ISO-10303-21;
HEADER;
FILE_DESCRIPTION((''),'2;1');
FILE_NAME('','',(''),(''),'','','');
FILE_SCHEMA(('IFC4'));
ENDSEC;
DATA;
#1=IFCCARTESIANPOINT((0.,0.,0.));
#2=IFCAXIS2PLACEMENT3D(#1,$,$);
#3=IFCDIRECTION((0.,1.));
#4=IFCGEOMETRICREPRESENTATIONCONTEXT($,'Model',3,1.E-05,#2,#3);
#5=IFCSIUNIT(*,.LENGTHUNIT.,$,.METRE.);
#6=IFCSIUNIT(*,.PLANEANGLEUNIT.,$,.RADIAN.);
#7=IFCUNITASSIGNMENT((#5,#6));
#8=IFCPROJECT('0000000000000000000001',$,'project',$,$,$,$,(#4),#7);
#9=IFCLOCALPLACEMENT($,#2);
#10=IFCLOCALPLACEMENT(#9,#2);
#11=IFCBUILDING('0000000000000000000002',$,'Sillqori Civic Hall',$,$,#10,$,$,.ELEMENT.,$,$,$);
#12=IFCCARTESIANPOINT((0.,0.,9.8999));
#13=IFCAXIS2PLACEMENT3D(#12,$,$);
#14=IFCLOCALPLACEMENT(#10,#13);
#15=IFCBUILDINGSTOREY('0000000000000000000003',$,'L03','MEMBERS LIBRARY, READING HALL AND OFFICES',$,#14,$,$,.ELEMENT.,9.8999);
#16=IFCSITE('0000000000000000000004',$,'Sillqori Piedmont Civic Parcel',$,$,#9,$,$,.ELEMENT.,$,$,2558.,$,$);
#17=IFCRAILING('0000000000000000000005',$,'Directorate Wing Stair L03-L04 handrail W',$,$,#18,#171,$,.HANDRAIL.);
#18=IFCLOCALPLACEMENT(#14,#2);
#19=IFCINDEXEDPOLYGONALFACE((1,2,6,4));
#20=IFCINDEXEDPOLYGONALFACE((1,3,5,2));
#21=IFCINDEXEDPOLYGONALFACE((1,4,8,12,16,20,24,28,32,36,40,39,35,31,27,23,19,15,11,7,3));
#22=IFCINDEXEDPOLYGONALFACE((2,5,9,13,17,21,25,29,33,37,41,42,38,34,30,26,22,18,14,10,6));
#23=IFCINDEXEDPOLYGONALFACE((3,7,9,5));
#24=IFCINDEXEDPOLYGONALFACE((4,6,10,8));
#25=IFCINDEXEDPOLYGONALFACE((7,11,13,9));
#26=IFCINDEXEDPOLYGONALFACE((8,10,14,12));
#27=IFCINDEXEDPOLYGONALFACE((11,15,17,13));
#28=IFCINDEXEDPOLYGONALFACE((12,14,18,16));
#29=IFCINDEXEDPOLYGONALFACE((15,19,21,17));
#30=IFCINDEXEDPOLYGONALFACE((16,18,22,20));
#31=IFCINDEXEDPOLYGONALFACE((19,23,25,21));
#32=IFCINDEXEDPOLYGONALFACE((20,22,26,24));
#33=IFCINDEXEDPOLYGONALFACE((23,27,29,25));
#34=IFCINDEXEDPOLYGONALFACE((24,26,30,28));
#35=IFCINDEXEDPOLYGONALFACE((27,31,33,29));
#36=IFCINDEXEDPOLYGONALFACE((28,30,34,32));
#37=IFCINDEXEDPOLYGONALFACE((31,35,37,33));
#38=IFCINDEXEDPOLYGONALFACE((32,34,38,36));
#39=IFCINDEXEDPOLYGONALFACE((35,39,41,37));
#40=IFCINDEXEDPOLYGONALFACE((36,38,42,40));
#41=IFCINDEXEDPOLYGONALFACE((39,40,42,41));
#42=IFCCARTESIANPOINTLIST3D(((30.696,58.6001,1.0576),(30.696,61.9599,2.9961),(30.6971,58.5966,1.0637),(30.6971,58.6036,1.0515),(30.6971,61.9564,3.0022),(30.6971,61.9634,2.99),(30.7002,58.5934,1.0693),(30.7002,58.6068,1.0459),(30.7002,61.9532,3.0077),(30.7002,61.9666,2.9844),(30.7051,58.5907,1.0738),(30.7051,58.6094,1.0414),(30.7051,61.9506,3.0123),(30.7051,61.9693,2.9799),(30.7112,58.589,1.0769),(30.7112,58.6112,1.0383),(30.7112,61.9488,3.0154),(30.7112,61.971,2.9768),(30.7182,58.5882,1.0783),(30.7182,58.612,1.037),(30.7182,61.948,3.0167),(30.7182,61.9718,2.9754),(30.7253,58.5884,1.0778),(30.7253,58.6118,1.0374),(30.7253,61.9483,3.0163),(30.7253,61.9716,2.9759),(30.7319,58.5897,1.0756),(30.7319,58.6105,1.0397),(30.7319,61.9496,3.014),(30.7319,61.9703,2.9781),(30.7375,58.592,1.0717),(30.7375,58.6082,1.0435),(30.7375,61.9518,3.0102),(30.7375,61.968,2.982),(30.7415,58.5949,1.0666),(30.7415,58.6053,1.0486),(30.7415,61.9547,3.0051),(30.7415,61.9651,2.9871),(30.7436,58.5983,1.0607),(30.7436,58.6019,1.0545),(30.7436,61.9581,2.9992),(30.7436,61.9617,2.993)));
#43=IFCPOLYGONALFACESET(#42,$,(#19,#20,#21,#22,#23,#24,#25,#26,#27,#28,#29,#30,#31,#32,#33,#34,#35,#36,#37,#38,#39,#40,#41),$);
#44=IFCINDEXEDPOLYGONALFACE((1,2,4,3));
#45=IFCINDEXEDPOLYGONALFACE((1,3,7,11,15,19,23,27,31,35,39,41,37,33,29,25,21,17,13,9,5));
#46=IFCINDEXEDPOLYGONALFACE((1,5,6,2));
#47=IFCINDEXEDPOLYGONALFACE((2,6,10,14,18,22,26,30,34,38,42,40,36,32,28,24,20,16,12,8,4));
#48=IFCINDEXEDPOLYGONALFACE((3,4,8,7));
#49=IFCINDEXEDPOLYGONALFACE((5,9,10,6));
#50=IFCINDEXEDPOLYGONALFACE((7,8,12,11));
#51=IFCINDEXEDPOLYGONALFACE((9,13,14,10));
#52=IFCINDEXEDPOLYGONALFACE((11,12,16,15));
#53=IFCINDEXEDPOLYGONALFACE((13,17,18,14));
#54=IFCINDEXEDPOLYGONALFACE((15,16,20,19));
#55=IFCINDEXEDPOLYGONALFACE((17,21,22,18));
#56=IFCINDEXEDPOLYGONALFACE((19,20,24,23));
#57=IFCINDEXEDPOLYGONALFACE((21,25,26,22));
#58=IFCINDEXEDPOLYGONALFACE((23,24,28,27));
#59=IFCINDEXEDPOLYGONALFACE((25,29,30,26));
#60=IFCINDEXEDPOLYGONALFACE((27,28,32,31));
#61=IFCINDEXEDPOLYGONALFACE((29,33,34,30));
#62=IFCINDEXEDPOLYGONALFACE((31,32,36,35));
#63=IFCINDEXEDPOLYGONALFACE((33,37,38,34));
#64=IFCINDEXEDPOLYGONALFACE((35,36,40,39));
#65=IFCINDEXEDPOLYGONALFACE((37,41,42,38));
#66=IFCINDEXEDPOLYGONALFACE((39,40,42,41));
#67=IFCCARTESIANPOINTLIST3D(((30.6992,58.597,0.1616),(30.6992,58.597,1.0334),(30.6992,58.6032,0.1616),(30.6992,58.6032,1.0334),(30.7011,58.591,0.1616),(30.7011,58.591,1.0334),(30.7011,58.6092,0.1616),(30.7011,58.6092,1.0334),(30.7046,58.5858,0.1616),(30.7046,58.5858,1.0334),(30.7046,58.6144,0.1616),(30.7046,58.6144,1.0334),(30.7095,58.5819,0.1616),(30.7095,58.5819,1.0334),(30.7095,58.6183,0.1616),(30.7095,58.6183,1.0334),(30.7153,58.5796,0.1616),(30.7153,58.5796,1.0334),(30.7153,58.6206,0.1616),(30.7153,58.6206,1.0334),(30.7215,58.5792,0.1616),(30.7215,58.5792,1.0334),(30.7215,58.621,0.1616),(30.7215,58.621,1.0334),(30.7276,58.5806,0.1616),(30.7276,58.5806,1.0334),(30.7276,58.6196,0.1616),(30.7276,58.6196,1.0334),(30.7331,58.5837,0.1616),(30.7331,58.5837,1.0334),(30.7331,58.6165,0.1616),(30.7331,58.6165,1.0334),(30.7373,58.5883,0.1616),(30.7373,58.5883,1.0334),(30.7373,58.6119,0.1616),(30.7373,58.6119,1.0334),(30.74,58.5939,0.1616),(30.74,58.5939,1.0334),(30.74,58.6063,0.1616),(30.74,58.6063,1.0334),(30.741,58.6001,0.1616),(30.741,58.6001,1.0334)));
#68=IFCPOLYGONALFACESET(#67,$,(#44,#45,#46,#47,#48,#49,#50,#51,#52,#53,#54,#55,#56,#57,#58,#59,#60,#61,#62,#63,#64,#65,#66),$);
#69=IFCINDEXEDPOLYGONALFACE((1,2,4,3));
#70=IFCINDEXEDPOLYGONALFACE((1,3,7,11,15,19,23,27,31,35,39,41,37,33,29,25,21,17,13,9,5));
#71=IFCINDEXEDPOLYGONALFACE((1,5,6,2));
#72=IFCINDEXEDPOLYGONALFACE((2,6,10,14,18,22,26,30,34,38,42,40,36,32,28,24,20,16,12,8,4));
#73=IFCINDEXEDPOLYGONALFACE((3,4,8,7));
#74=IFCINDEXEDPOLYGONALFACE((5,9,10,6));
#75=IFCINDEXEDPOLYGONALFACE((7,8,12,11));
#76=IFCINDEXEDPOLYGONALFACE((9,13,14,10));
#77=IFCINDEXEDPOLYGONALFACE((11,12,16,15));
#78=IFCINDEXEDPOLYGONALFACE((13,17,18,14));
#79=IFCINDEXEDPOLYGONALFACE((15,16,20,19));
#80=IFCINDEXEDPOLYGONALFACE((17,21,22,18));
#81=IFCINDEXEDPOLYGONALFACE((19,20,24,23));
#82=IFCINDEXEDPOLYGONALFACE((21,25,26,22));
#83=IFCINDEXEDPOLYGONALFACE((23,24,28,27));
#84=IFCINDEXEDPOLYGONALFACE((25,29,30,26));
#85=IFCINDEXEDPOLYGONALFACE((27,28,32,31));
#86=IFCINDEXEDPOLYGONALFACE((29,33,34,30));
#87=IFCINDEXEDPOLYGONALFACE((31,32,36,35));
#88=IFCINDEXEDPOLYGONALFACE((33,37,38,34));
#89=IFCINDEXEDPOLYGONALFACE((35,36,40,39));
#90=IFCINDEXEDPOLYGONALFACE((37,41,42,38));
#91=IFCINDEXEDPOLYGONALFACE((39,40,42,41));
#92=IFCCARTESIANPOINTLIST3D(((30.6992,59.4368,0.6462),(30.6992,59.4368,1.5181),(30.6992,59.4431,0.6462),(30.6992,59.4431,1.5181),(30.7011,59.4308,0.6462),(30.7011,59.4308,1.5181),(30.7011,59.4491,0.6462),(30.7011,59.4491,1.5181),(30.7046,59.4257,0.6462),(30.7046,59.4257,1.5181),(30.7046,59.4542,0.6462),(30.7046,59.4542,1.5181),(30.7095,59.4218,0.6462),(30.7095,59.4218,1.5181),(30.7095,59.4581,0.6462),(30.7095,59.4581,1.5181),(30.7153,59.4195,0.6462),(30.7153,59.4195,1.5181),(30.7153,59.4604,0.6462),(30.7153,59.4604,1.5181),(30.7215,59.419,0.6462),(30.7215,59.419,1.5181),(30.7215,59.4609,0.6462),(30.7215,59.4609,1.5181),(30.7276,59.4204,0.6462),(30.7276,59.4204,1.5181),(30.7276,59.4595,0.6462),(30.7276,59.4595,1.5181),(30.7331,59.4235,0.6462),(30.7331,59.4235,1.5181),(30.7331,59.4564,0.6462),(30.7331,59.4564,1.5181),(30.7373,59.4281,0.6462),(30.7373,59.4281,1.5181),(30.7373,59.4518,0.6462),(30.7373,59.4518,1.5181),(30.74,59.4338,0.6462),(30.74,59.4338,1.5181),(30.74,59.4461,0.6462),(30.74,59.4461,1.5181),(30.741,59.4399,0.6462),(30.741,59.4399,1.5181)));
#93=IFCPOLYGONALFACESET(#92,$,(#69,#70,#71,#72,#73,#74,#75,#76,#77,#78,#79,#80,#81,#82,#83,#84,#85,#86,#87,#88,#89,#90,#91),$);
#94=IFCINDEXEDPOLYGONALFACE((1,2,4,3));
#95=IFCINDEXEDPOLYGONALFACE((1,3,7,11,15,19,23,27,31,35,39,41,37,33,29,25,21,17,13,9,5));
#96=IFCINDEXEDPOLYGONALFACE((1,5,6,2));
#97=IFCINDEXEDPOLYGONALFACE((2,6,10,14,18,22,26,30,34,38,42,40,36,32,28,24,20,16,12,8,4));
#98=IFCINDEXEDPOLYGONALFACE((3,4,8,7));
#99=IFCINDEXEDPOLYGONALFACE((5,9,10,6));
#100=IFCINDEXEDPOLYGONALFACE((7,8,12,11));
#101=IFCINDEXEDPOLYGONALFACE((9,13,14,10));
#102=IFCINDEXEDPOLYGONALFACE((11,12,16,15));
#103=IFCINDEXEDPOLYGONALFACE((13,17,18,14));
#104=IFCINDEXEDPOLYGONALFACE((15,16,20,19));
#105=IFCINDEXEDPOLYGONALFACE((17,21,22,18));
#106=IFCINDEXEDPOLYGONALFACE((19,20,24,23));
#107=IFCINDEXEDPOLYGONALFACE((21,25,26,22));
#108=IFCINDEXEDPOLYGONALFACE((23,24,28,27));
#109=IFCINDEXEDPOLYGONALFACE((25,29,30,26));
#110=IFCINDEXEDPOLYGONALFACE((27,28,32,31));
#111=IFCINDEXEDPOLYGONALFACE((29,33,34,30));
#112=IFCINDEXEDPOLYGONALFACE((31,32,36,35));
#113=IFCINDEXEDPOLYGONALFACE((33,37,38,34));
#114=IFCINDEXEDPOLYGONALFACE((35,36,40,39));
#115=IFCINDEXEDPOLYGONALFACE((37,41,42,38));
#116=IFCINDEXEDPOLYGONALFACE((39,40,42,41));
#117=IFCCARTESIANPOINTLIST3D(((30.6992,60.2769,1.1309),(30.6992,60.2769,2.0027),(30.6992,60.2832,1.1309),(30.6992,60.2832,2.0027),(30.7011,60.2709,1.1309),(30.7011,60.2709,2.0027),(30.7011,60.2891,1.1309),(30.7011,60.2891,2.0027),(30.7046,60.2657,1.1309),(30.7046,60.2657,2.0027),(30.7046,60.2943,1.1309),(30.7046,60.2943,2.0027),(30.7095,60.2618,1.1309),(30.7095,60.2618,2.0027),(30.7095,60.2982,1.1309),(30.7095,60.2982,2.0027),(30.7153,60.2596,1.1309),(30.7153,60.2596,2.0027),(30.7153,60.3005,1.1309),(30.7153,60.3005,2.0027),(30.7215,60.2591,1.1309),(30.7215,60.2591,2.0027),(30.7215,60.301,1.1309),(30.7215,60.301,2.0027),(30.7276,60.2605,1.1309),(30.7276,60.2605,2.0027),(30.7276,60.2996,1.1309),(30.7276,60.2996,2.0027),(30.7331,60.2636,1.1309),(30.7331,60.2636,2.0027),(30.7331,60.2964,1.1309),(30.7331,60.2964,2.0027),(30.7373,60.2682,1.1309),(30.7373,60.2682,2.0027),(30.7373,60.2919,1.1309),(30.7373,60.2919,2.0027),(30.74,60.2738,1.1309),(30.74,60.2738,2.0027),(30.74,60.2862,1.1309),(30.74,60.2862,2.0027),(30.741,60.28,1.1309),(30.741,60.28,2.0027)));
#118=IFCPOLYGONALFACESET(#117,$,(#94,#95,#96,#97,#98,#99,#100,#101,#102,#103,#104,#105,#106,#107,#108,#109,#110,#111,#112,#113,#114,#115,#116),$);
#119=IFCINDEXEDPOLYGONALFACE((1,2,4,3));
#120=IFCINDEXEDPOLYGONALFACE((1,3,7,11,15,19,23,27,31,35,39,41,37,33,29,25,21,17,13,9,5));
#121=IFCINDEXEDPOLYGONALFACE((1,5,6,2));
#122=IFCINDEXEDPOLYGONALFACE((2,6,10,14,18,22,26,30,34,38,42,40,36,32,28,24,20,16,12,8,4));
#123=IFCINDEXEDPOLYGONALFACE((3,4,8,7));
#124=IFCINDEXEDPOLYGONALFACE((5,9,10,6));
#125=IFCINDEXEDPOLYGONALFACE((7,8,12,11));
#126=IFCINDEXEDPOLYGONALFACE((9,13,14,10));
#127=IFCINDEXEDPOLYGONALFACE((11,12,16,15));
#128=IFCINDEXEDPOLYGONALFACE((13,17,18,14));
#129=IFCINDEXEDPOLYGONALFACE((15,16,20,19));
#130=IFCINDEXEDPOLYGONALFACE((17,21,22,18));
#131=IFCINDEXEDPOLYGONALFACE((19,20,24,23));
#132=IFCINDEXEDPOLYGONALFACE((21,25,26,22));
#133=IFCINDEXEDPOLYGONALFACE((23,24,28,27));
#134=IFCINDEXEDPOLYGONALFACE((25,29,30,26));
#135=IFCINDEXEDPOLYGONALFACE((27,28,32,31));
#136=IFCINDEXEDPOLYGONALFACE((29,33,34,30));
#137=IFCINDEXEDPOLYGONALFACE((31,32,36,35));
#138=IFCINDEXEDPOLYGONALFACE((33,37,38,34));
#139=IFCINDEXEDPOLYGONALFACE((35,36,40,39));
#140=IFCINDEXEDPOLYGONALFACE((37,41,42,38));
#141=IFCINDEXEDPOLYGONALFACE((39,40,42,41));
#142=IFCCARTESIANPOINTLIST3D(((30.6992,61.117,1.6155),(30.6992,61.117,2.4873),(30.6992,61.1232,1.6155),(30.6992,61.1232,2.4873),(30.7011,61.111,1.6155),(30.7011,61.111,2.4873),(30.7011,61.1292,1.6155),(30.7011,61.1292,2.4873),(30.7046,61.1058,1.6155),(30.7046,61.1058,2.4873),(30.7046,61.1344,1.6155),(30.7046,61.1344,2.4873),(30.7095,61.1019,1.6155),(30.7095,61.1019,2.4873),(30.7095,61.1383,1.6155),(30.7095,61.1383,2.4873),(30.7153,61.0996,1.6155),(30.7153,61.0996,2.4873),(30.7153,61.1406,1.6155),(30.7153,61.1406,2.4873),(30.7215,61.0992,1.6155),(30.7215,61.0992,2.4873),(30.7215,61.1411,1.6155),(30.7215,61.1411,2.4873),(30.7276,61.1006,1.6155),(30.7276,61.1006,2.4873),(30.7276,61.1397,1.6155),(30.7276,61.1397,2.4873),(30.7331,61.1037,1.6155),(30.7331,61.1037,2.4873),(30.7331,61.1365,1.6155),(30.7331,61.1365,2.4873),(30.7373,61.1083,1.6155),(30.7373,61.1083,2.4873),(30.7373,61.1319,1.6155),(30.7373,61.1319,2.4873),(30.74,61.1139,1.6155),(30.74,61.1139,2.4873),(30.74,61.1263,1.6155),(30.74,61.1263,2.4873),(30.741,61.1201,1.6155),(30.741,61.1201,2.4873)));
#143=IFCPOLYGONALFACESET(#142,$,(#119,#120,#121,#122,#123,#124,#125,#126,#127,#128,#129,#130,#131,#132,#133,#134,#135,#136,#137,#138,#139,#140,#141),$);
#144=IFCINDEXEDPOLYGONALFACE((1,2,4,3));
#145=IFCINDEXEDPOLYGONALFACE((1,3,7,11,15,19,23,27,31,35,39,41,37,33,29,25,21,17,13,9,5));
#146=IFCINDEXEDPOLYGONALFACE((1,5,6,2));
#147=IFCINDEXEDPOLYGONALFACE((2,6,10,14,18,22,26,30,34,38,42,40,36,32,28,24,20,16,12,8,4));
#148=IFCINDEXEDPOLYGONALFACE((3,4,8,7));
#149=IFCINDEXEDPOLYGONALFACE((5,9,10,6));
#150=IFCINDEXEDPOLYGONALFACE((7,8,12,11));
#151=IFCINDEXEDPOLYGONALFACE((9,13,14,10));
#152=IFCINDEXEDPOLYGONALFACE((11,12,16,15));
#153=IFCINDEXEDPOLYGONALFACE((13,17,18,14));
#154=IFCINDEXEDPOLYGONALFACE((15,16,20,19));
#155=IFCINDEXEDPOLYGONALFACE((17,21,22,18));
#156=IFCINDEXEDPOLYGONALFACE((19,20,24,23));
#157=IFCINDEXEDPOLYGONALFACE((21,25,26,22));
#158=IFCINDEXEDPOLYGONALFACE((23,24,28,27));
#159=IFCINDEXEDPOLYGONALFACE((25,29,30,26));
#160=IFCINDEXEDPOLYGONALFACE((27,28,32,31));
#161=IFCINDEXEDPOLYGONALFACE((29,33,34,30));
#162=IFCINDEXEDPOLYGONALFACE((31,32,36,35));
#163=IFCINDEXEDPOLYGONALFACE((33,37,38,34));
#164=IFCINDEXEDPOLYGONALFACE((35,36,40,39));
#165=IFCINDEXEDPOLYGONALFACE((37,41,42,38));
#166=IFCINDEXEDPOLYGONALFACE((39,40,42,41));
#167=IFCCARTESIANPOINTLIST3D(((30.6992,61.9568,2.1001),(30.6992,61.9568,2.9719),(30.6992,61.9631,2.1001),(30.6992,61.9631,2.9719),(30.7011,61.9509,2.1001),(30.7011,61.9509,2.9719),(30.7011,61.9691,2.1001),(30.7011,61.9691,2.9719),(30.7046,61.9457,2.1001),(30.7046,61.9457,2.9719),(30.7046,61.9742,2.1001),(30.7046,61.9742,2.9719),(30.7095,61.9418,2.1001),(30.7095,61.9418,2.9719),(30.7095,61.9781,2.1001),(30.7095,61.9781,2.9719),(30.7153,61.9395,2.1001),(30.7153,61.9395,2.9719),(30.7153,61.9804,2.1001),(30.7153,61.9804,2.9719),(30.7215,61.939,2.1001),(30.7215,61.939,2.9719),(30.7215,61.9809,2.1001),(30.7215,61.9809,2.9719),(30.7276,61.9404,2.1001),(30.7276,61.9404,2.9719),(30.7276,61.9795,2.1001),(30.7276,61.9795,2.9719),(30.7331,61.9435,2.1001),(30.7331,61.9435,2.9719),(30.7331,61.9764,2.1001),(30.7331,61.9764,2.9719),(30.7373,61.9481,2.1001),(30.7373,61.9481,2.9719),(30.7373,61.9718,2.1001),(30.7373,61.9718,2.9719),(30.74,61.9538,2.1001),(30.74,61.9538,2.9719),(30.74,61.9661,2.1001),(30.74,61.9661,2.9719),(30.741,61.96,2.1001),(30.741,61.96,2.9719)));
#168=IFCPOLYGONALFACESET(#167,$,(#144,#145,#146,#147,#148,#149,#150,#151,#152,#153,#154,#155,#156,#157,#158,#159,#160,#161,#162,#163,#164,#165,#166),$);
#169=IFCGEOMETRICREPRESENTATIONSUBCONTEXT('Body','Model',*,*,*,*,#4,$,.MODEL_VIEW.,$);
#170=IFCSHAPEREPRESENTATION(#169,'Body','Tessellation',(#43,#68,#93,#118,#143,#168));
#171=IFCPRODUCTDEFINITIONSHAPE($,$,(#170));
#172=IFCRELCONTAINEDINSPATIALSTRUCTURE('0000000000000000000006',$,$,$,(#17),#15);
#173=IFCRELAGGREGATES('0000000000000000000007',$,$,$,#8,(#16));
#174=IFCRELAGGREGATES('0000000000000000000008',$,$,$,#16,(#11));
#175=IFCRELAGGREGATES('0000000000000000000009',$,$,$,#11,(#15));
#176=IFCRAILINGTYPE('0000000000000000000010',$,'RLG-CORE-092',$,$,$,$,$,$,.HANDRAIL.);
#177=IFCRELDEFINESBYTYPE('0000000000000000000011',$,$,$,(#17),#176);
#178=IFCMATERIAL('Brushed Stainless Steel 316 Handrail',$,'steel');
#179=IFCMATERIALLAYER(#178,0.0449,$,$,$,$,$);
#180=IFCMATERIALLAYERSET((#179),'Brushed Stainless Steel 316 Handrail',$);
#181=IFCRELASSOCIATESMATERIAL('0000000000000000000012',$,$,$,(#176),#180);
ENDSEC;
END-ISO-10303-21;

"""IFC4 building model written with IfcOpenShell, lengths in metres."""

from ifc_helpers import new_model, si_unit, direction, frame, origin, origin_2d, place, context, subcontext, project, spatial, circle, extrude, material, layer, layer_set, type_object, element, save


model = new_model("IFC4")

# Units and contexts
model_context = context("Model", 3, precision=1e-05, world=origin(), true_north=direction((0.0, 1.0)))
body_context = subcontext(model_context, "Body", "Model", "MODEL_VIEW")
ifc_project = project(units=[si_unit("LENGTHUNIT", "METRE"), si_unit("PLANEANGLEUNIT", "RADIAN")], contexts=[model_context])

# Site, building, storey
site_placement = place(None, origin())
site = spatial("IfcSite", under=ifc_project, at=site_placement, Name="Sillqori Piedmont Civic Parcel", CompositionType="ELEMENT", RefElevation=2558.0)
building_placement = place(site_placement, origin())
building = spatial("IfcBuilding", under=site, at=building_placement, Name="Sillqori Civic Hall", CompositionType="ELEMENT")
storey_placement = place(building_placement, frame((0.0, 0.0, 9.8999)))
storey = spatial("IfcBuildingStorey", under=building, at=storey_placement, Name="L03", Description="MEMBERS LIBRARY, READING HALL AND OFFICES", CompositionType="ELEMENT", Elevation=9.8999)

# Railing
ifc_material_1 = material(Name="Brushed Stainless Steel 316 Handrail", Category="steel")
ifc_layer_1 = layer(ifc_material_1, 0.0449)
ifc_layer_set_1 = layer_set([ifc_layer_1], Name="Brushed Stainless Steel 316 Handrail")
railing_type = type_object("IfcRailingType", Name="RLG-CORE-092", PredefinedType="HANDRAIL", material=ifc_layer_set_1)
railing_placement = place(storey_placement, frame((30.72, 58.6001, 0.1616)))
element("IfcRailing", 1, at=railing_placement, inside=storey, type_object=railing_type, Name="Directorate Wing Stair L03-L04 handrail W", PredefinedType="HANDRAIL", context=body_context, shape_type="SweptSolid", body=[
    extrude(circle(Radius=0.0239, at=origin_2d()), frame((0.0, 0.0, 0.896), z_axis=(0.0, 0.866175, 0.499741), x_axis=(-1.0, 0.0, 0.0)), (0.0, 0.0, 1.0), 3.8789),
    extrude(circle(Radius=0.021, at=origin_2d()), origin(), (0.0, 0.0, 1.0), 0.8718),
    extrude(circle(Radius=0.021, at=origin_2d()), frame((0.0, 0.8398, 0.4846)), (0.0, 0.0, 1.0), 0.8718),
    extrude(circle(Radius=0.021, at=origin_2d()), frame((0.0, 1.6799, 0.9692)), (0.0, 0.0, 1.0), 0.8718),
    extrude(circle(Radius=0.021, at=origin_2d()), frame((0.0, 2.52, 1.4539)), (0.0, 0.0, 1.0), 0.8718),
    extrude(circle(Radius=0.021, at=origin_2d()), frame((0.0, 3.3599, 1.9385)), (0.0, 0.0, 1.0), 0.8718),
])

save(model, "model.ifc")
